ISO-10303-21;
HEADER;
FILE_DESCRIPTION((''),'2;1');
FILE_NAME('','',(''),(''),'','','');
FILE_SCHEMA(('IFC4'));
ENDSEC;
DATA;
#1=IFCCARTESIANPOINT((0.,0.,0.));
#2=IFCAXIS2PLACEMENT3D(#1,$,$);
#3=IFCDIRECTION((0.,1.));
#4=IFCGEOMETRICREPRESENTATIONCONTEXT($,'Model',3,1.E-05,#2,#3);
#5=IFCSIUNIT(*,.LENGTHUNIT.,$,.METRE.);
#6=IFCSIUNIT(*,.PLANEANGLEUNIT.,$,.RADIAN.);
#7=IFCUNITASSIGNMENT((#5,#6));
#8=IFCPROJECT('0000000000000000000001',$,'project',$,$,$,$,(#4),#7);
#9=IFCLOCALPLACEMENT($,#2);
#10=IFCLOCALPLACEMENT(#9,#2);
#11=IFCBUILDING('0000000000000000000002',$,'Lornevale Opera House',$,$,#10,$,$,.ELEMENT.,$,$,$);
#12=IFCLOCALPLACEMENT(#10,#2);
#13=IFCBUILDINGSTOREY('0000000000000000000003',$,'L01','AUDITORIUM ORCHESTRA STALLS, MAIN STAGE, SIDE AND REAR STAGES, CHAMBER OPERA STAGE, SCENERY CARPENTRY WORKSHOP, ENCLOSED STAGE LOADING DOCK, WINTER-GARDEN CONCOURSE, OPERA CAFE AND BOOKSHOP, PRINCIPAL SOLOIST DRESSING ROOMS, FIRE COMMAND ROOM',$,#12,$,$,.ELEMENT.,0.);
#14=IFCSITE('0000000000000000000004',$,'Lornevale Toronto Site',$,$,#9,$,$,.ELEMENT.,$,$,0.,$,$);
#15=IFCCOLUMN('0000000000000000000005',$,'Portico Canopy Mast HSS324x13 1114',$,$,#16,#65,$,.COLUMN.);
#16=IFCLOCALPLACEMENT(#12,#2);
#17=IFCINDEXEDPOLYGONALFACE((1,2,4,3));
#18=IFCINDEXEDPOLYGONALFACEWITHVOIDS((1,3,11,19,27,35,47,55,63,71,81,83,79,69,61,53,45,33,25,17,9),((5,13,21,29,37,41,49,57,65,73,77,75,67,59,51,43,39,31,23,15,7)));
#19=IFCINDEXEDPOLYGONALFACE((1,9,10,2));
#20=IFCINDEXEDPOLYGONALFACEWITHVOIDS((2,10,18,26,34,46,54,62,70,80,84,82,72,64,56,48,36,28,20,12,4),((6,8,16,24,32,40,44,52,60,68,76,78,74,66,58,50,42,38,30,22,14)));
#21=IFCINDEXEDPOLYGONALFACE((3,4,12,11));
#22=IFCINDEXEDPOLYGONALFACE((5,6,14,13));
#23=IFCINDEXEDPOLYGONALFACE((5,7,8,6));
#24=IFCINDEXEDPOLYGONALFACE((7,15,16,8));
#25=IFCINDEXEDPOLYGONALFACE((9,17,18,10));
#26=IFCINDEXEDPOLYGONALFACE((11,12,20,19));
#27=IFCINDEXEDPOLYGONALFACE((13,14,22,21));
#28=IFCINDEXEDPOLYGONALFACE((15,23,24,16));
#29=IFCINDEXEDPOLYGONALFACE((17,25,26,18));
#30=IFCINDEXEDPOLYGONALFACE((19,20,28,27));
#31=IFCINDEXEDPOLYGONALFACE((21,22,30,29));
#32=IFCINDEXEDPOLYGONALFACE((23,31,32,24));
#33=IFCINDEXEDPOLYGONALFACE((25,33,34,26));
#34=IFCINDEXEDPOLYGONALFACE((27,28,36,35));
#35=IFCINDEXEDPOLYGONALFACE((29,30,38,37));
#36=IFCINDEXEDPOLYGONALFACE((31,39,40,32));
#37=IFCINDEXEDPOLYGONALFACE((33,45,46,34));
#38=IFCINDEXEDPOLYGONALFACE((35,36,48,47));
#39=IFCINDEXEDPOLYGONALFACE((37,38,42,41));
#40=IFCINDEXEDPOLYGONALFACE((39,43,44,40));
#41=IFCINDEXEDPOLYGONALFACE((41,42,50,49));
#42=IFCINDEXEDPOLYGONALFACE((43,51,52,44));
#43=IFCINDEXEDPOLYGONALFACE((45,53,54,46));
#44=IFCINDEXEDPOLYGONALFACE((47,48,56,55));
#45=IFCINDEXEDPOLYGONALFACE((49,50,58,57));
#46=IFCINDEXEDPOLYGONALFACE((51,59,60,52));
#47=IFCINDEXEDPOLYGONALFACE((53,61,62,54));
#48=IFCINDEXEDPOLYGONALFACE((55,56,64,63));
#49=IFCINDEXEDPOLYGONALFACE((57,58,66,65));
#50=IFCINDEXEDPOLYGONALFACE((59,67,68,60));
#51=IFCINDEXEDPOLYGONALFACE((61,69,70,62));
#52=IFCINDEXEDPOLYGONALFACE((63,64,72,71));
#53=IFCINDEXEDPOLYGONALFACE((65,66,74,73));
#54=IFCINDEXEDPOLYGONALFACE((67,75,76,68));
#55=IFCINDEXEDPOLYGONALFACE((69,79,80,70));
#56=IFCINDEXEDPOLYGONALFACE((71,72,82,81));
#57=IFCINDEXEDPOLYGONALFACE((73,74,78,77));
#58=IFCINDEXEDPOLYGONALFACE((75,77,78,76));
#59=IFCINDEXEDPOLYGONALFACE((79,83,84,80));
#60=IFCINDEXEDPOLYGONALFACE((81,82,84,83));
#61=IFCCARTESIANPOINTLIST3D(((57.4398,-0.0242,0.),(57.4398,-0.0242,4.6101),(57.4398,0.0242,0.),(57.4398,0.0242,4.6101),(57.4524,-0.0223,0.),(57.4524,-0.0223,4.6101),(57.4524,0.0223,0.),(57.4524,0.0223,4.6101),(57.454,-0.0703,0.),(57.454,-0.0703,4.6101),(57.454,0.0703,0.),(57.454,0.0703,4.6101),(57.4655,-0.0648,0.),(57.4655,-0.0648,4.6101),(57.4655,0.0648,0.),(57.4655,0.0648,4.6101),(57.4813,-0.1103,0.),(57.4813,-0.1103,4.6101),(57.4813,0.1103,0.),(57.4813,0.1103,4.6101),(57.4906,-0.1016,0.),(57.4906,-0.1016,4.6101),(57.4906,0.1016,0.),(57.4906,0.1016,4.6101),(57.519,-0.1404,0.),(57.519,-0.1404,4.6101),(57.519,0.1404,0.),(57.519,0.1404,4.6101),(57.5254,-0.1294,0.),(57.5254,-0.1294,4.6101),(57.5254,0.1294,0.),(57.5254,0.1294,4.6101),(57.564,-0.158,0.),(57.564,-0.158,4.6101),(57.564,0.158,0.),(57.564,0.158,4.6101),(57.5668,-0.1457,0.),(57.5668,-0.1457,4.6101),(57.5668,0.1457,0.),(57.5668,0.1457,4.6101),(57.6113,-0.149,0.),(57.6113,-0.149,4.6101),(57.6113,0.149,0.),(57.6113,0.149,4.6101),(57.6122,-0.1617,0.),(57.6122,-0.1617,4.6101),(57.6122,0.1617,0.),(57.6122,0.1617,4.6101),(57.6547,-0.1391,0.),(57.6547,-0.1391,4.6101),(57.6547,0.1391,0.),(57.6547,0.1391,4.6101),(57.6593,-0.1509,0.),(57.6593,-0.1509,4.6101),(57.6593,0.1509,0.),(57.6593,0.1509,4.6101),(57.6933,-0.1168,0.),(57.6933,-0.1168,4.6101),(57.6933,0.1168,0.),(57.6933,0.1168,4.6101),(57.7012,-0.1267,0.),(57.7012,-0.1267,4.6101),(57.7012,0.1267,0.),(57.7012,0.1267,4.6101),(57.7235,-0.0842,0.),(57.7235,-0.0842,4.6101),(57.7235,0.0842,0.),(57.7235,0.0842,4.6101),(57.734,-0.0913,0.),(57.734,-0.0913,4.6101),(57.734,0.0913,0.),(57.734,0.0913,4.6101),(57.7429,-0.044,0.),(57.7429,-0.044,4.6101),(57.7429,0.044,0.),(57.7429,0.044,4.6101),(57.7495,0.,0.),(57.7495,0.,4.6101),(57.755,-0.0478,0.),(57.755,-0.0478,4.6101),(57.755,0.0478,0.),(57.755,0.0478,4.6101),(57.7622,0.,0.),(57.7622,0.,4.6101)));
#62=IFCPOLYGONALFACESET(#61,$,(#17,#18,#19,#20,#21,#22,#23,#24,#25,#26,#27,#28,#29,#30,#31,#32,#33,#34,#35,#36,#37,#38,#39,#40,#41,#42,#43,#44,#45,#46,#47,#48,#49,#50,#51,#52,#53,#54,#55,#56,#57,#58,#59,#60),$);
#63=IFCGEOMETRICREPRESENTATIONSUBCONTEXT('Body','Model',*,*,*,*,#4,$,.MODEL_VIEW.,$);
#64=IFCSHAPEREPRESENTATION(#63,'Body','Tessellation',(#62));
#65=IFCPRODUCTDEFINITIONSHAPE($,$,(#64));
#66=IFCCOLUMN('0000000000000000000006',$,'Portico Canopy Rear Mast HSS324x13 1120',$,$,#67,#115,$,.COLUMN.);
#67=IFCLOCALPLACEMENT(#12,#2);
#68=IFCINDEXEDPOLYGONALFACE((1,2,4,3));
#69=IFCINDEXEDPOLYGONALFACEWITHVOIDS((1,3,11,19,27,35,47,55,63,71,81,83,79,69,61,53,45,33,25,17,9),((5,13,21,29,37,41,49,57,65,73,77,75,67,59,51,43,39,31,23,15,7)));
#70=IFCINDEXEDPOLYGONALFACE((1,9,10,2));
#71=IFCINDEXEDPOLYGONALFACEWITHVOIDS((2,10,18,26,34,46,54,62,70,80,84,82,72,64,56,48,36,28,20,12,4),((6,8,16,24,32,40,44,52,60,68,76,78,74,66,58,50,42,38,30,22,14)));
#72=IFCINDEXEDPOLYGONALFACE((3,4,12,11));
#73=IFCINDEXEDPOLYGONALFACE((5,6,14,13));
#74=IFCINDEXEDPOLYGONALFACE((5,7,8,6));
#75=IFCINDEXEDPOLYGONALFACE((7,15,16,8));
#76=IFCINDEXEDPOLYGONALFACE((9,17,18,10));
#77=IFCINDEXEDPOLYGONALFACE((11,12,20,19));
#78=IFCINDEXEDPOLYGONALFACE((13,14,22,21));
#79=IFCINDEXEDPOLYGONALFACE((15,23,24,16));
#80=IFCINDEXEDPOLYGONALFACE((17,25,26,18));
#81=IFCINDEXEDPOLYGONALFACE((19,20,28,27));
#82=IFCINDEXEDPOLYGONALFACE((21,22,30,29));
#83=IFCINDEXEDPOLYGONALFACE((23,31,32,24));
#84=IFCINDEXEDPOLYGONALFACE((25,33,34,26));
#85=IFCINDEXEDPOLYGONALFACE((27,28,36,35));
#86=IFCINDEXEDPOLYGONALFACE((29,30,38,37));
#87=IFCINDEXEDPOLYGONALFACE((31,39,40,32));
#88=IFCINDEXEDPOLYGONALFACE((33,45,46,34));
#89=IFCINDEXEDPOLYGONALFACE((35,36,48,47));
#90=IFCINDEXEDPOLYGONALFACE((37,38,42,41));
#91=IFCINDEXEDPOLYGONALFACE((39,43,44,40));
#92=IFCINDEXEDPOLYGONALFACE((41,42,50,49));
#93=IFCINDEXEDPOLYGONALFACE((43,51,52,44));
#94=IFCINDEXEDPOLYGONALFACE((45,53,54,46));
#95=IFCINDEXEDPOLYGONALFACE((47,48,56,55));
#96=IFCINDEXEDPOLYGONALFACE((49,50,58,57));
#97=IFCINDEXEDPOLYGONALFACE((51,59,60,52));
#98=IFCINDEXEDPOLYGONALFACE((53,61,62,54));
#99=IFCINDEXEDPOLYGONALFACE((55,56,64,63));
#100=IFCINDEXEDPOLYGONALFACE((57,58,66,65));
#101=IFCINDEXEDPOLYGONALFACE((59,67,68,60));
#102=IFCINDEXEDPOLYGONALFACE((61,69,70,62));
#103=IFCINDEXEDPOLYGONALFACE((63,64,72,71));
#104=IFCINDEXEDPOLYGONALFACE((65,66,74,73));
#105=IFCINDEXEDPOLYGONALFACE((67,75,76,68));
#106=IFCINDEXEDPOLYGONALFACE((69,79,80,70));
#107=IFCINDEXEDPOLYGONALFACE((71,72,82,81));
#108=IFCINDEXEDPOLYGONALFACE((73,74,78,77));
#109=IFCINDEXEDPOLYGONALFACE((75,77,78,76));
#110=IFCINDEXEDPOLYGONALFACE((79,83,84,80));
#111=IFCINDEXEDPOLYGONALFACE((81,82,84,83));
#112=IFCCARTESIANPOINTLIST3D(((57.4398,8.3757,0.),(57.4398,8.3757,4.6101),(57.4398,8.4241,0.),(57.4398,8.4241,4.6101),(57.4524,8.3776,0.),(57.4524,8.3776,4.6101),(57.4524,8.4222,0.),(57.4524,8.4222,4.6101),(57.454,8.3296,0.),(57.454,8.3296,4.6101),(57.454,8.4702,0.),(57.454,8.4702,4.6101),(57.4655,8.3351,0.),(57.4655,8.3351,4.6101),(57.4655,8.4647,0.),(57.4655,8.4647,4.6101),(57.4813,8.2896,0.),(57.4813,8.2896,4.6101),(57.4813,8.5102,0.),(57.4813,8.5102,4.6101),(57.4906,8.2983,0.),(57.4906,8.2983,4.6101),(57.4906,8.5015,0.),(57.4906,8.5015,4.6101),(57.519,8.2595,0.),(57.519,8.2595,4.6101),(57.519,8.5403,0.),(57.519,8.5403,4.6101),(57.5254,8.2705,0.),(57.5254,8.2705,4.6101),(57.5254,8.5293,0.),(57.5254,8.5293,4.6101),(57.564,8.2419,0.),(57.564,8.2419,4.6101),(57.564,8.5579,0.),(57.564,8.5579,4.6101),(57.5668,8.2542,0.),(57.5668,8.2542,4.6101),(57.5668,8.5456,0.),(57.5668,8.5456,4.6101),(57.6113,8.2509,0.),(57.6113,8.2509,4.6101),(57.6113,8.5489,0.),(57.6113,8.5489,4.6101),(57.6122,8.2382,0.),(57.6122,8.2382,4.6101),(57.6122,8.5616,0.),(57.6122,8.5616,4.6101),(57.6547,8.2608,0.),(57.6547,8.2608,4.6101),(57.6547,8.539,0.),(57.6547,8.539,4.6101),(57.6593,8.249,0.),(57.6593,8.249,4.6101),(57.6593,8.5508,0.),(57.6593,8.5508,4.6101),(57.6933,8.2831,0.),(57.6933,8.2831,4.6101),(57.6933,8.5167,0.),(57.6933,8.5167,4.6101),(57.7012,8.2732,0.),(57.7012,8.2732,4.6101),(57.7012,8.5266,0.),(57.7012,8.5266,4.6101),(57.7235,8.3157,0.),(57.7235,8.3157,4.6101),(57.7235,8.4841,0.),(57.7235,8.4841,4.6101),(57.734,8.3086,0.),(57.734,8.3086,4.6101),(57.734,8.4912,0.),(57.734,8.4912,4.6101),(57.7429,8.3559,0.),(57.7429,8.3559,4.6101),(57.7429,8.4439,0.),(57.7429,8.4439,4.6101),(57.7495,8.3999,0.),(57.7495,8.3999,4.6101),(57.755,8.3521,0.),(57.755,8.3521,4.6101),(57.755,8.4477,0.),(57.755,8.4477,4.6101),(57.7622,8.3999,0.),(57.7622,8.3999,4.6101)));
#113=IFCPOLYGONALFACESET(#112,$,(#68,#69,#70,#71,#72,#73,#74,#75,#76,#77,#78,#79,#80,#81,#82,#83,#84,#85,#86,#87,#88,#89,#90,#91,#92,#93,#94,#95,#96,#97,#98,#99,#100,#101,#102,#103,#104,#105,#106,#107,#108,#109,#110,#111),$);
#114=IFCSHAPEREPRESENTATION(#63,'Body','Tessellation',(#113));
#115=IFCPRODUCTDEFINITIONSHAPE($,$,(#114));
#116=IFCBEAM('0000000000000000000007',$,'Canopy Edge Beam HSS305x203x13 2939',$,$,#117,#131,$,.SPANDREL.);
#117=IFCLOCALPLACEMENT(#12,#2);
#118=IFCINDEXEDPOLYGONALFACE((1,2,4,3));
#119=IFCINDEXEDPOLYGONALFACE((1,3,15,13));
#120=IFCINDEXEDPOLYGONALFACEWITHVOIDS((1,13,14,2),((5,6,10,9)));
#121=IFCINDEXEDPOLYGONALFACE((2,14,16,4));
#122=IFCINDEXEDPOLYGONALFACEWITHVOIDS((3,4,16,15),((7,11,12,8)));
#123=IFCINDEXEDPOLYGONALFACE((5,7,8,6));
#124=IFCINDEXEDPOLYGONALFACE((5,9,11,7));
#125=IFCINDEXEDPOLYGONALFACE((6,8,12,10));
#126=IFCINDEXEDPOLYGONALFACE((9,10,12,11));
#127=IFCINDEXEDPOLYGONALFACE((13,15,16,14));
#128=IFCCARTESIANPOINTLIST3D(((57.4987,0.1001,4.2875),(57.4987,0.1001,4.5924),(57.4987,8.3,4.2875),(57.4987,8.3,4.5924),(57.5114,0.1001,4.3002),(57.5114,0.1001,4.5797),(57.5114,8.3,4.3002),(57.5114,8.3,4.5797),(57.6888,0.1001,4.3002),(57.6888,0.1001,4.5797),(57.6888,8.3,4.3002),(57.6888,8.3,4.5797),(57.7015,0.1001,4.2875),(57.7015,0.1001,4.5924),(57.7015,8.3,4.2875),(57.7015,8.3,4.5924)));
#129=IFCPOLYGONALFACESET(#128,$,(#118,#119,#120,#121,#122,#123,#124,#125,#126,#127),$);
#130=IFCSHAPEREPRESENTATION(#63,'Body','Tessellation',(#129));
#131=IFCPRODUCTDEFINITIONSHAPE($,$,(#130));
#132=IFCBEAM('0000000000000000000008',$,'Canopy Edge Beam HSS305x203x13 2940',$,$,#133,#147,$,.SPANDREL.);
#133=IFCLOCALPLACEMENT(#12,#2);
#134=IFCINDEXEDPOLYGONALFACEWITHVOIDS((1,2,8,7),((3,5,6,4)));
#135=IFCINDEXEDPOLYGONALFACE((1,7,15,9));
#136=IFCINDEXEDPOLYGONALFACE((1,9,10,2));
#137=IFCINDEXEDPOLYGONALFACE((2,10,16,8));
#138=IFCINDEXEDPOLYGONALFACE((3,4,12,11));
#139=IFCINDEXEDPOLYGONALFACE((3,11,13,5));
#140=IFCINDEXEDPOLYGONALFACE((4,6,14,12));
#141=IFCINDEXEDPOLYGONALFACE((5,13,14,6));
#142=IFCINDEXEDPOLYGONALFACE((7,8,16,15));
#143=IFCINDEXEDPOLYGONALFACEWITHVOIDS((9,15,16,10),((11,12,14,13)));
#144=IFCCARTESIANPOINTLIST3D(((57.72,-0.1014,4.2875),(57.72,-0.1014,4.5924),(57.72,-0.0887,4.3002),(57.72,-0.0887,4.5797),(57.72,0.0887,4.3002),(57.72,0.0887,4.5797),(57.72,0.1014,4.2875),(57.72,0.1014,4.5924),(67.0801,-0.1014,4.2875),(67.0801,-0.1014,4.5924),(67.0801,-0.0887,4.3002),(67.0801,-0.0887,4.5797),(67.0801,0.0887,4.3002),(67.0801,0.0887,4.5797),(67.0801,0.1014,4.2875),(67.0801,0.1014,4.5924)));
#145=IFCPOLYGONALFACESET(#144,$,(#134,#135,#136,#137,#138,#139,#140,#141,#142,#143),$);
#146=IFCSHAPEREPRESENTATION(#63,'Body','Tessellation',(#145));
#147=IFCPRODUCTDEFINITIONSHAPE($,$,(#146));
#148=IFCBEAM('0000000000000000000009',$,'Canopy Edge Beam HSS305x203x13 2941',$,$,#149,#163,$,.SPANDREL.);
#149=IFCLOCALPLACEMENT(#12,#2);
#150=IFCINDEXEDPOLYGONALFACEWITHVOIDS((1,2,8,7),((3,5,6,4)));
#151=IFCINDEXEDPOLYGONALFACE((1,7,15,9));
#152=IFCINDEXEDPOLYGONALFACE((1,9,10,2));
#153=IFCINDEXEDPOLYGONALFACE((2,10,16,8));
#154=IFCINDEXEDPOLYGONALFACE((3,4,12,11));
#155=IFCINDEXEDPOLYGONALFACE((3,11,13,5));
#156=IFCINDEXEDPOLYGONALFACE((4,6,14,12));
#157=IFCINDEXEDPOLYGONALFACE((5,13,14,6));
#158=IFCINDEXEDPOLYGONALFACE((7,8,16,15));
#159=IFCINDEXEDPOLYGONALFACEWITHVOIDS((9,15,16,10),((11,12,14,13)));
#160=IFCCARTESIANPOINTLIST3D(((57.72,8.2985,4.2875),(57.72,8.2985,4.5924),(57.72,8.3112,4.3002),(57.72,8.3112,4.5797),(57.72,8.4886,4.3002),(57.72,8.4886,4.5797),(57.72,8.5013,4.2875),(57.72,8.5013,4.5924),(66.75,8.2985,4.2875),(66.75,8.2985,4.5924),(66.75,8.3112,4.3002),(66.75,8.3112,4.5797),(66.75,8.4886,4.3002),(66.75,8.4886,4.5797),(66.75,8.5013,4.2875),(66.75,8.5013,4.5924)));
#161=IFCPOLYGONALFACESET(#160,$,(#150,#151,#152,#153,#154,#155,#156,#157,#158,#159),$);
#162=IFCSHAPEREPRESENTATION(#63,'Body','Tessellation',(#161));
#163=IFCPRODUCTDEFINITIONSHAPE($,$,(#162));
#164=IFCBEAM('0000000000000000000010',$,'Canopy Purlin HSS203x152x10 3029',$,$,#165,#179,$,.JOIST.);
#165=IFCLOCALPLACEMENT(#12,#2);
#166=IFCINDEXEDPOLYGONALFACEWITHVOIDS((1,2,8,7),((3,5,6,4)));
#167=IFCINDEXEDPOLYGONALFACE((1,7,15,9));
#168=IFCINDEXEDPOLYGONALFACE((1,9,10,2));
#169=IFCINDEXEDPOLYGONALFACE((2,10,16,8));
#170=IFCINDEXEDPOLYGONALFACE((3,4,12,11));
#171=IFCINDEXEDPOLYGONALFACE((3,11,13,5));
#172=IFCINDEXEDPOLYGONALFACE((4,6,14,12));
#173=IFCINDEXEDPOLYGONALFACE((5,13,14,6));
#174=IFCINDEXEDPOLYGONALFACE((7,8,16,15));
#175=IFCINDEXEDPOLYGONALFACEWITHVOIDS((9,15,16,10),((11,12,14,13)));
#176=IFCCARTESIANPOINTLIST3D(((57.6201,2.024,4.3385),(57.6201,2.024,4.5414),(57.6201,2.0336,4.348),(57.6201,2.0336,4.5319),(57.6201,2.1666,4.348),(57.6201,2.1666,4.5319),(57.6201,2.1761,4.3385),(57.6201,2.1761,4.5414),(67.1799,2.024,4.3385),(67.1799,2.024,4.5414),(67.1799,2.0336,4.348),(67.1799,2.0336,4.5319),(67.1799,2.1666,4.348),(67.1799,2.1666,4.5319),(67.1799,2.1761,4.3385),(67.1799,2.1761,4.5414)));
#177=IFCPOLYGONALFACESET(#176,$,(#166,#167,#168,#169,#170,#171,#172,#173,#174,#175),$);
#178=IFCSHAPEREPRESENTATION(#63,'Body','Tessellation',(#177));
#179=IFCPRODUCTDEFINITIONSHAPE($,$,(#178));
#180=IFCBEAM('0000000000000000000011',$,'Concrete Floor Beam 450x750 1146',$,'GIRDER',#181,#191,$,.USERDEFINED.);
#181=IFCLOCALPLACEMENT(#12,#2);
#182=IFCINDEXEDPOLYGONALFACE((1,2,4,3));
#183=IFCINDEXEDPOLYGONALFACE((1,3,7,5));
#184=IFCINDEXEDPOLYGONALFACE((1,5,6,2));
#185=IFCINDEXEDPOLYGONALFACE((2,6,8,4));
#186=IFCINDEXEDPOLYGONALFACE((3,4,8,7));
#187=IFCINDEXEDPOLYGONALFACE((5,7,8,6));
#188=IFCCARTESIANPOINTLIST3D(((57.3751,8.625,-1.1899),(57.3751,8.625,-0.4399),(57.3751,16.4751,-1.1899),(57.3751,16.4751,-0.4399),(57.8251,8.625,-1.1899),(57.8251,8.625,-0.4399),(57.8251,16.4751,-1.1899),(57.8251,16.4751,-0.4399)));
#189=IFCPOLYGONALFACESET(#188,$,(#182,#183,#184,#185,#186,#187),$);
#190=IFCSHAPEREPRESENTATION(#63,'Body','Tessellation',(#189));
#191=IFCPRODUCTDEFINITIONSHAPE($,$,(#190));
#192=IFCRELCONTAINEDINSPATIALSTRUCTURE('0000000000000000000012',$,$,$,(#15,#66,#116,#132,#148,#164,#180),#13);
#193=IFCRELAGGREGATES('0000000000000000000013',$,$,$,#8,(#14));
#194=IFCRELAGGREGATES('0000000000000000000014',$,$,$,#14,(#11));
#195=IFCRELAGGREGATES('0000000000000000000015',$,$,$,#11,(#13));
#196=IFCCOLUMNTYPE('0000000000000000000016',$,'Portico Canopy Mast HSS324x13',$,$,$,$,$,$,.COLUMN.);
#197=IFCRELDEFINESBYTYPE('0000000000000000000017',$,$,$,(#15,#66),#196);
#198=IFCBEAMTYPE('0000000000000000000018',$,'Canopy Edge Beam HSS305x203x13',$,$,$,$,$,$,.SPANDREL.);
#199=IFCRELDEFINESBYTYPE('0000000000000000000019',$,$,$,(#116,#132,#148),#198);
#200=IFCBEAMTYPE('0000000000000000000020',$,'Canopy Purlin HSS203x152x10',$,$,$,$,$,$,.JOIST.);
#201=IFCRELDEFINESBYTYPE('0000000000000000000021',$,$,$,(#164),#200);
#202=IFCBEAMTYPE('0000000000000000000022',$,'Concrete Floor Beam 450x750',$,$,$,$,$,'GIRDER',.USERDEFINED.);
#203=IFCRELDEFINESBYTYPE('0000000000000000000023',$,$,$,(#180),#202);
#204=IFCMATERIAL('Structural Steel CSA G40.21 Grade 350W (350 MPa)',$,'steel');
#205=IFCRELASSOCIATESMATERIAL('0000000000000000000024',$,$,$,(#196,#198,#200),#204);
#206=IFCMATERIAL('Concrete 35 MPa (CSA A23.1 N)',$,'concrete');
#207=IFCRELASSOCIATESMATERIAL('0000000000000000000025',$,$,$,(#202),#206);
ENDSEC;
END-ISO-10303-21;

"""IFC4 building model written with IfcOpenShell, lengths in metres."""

from ifc_helpers import new_model, si_unit, direction, frame, origin, origin_2d, place, context, subcontext, project, spatial, rectangle, hollow_rectangle, hollow_circle, extrude, material, material_profile, profile_set, type_object, element, save


model = new_model("IFC4")

# Units and contexts
model_context = context("Model", 3, precision=1e-05, world=origin(), true_north=direction((0.0, 1.0)))
body_context = subcontext(model_context, "Body", "Model", "MODEL_VIEW")
ifc_project = project(units=[si_unit("LENGTHUNIT", "METRE"), si_unit("PLANEANGLEUNIT", "RADIAN")], contexts=[model_context])

# Site, building, storey
site_placement = place(None, origin())
site = spatial("IfcSite", under=ifc_project, at=site_placement, Name="Lornevale Toronto Site", CompositionType="ELEMENT", RefElevation=0.0)
building_placement = place(site_placement, origin())
building = spatial("IfcBuilding", under=site, at=building_placement, Name="Lornevale Opera House", CompositionType="ELEMENT")
storey_placement = place(building_placement, origin())
storey = spatial("IfcBuildingStorey", under=building, at=storey_placement, Name="L01", Description="AUDITORIUM ORCHESTRA STALLS, MAIN STAGE, SIDE AND REAR STAGES, CHAMBER OPERA STAGE, SCENERY CARPENTRY WORKSHOP, ENCLOSED STAGE LOADING DOCK, WINTER-GARDEN CONCOURSE, OPERA CAFE AND BOOKSHOP, PRINCIPAL SOLOIST DRESSING ROOMS, FIRE COMMAND ROOM", CompositionType="ELEMENT", Elevation=0.0)

# Columns
ifc_material_1 = material(Name="Structural Steel CSA G40.21 Grade 350W (350 MPa)", Category="steel")
ifc_material_profile_1 = material_profile(ifc_material_1, hollow_circle(Radius=0.1621, WallThickness=0.0127, at=origin_2d()), Name="HSS324x13")
ifc_profile_set_1 = profile_set([ifc_material_profile_1], Name="Structural Steel CSA G40.21 Grade 350W (350 MPa)")
column_type = type_object("IfcColumnType", Name="Portico Canopy Mast HSS324x13", PredefinedType="COLUMN", material=ifc_profile_set_1)
for number, where, z_axis, x_axis, name in (
    (1, (57.6001, 0.0, 0.0), (0.0, 0.0, 1.0), (1.0, 0.0, 0.0), "Portico Canopy Mast HSS324x13 1114"),
    (2, (57.6001, 8.3999, 0.0), (0.0, 0.0, 1.0), (1.0, 0.0, 0.0), "Portico Canopy Rear Mast HSS324x13 1120"),
):
    element("IfcColumn", number, at=place(storey_placement, frame(where, z_axis=z_axis, x_axis=x_axis)), inside=storey, type_object=column_type, Name=name, PredefinedType="COLUMN", context=body_context, shape_type="SweptSolid", body=[
        extrude(hollow_circle(Radius=0.1621, WallThickness=0.0127, at=origin_2d()), origin(), (0.0, 0.0, 1.0), 4.6101),
    ])

# Beams
ifc_material_profile_2 = material_profile(ifc_material_1, hollow_rectangle(XDim=0.2029, YDim=0.3049, WallThickness=0.0127, at=origin_2d()), Name="HSS305x203x13")
ifc_profile_set_2 = profile_set([ifc_material_profile_2], Name="Structural Steel CSA G40.21 Grade 350W (350 MPa)")
beam_type_1 = type_object("IfcBeamType", Name="Canopy Edge Beam HSS305x203x13", PredefinedType="SPANDREL", material=ifc_profile_set_2)
beam_1_placement = place(storey_placement, frame((57.6001, 0.1001, 4.4399), z_axis=(0.0, 1.0, 0.0), x_axis=(-1.0, 0.0, 0.0)))
element("IfcBeam", 3, at=beam_1_placement, inside=storey, type_object=beam_type_1, Name="Canopy Edge Beam HSS305x203x13 2939", PredefinedType="SPANDREL", context=body_context, shape_type="SweptSolid", body=[
    extrude(hollow_rectangle(XDim=0.2029, YDim=0.3049, WallThickness=0.0127, at=origin_2d()), origin(), (0.0, 0.0, 1.0), 8.2),
])
beam_2_placement = place(storey_placement, frame((57.72, 0.0, 4.4399), z_axis=(1.0, 0.0, 0.0), x_axis=(0.0, 1.0, 0.0)))
element("IfcBeam", 4, at=beam_2_placement, inside=storey, type_object=beam_type_1, Name="Canopy Edge Beam HSS305x203x13 2940", PredefinedType="SPANDREL", context=body_context, shape_type="SweptSolid", body=[
    extrude(hollow_rectangle(XDim=0.2029, YDim=0.3049, WallThickness=0.0127, at=origin_2d()), origin(), (0.0, 0.0, 1.0), 9.3601),
])
beam_3_placement = place(storey_placement, frame((57.72, 8.3999, 4.4399), z_axis=(1.0, 0.0, 0.0), x_axis=(0.0, 1.0, 0.0)))
element("IfcBeam", 5, at=beam_3_placement, inside=storey, type_object=beam_type_1, Name="Canopy Edge Beam HSS305x203x13 2941", PredefinedType="SPANDREL", context=body_context, shape_type="SweptSolid", body=[
    extrude(hollow_rectangle(XDim=0.2029, YDim=0.3049, WallThickness=0.0127, at=origin_2d()), origin(), (0.0, 0.0, 1.0), 9.03),
])
ifc_material_profile_3 = material_profile(ifc_material_1, hollow_rectangle(XDim=0.1521, YDim=0.2029, WallThickness=0.0095, at=origin_2d()), Name="HSS203x152x10")
ifc_profile_set_3 = profile_set([ifc_material_profile_3], Name="Structural Steel CSA G40.21 Grade 350W (350 MPa)")
beam_type_2 = type_object("IfcBeamType", Name="Canopy Purlin HSS203x152x10", PredefinedType="JOIST", material=ifc_profile_set_3)
beam_4_placement = place(storey_placement, frame((57.6201, 2.1001, 4.4399), z_axis=(1.0, 0.0, 0.0), x_axis=(0.0, 1.0, 0.0)))
element("IfcBeam", 6, at=beam_4_placement, inside=storey, type_object=beam_type_2, Name="Canopy Purlin HSS203x152x10 3029", PredefinedType="JOIST", context=body_context, shape_type="SweptSolid", body=[
    extrude(hollow_rectangle(XDim=0.1521, YDim=0.2029, WallThickness=0.0095, at=origin_2d()), origin(), (0.0, 0.0, 1.0), 9.5598),
])
ifc_material_2 = material(Name="Concrete 35 MPa (CSA A23.1 N)", Category="concrete")
ifc_material_profile_4 = material_profile(ifc_material_2, rectangle(XDim=0.45, YDim=0.75, at=origin_2d()), Name="RC450x750")
ifc_profile_set_4 = profile_set([ifc_material_profile_4], Name="Concrete 35 MPa (CSA A23.1 N)")
beam_type_3 = type_object("IfcBeamType", Name="Concrete Floor Beam 450x750", ElementType="GIRDER", PredefinedType="USERDEFINED", material=ifc_profile_set_4)
beam_5_placement = place(storey_placement, frame((57.6001, 8.625, -0.8149), z_axis=(0.0, 1.0, 0.0), x_axis=(-1.0, 0.0, 0.0)))
element("IfcBeam", 7, at=beam_5_placement, inside=storey, type_object=beam_type_3, Name="Concrete Floor Beam 450x750 1146", ObjectType="GIRDER", PredefinedType="USERDEFINED", context=body_context, shape_type="SweptSolid", body=[
    extrude(rectangle(XDim=0.45, YDim=0.75, at=origin_2d()), origin(), (0.0, 0.0, 1.0), 7.8501),
])

save(model, "model.ifc")
